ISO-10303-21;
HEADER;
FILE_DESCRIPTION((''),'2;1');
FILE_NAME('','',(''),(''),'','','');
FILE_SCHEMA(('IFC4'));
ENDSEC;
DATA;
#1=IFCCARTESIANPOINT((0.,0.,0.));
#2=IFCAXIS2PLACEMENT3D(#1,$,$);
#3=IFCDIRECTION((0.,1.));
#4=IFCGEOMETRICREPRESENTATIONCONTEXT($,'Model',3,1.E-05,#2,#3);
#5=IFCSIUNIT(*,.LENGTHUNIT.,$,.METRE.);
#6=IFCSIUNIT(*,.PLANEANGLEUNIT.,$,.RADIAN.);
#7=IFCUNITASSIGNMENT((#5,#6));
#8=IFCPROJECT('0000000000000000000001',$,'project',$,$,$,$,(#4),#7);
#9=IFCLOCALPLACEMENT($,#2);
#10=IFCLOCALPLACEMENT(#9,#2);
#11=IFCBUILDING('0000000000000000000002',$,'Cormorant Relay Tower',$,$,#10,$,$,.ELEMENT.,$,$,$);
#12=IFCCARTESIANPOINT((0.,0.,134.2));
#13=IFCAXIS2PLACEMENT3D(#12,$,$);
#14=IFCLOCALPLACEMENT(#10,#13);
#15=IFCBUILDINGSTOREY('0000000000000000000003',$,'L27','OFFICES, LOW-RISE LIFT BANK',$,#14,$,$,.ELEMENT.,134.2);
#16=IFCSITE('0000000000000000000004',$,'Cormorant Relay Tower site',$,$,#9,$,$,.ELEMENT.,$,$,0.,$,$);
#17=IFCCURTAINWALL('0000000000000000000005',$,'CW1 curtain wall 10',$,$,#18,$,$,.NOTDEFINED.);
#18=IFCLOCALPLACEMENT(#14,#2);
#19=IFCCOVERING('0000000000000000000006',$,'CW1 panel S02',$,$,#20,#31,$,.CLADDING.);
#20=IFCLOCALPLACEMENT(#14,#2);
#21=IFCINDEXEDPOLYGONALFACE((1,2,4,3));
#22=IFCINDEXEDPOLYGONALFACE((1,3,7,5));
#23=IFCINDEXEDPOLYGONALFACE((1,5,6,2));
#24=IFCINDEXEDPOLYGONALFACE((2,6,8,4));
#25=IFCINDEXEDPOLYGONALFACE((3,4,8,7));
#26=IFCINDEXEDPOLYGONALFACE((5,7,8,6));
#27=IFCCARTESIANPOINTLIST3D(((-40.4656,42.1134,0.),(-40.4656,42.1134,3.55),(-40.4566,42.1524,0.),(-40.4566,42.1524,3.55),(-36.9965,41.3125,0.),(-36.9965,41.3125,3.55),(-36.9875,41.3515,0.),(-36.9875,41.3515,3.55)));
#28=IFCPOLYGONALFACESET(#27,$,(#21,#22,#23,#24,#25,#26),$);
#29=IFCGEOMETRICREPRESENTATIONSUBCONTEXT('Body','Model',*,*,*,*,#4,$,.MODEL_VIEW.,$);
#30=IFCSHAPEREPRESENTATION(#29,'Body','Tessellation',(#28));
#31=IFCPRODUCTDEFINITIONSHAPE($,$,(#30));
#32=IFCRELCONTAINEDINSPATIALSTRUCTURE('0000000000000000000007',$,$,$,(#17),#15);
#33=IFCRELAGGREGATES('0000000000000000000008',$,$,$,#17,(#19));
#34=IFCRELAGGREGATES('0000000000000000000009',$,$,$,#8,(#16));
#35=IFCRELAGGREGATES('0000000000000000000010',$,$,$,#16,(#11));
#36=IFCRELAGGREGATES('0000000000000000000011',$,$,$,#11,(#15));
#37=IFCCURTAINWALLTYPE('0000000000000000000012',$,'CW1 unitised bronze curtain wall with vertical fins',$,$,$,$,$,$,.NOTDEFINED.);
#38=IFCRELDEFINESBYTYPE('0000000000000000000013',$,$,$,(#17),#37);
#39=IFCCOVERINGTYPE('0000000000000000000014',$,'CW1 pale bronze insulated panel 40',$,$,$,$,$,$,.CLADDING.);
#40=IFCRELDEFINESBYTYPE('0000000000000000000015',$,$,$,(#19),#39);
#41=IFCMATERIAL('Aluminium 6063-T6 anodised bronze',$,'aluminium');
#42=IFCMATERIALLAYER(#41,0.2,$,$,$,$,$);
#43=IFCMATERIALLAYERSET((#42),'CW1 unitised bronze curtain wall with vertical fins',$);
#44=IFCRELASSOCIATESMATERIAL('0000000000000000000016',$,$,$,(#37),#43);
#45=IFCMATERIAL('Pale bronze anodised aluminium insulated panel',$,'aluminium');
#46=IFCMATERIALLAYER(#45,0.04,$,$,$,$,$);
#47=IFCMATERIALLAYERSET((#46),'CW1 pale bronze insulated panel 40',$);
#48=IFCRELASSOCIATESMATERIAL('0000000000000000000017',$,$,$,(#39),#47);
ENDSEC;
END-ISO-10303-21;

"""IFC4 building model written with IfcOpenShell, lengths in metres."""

from ifc_helpers import new_model, si_unit, direction, frame, origin, origin_2d, place, context, subcontext, project, spatial, rectangle, extrude, material, layer, layer_set, type_object, element, aggregate, save


model = new_model("IFC4")

# Units and contexts
model_context = context("Model", 3, precision=1e-05, world=origin(), true_north=direction((0.0, 1.0)))
body_context = subcontext(model_context, "Body", "Model", "MODEL_VIEW")
ifc_project = project(units=[si_unit("LENGTHUNIT", "METRE"), si_unit("PLANEANGLEUNIT", "RADIAN")], contexts=[model_context])

# Site, building, storey
site_placement = place(None, origin())
site = spatial("IfcSite", under=ifc_project, at=site_placement, Name="Cormorant Relay Tower site", CompositionType="ELEMENT", RefElevation=0.0)
building_placement = place(site_placement, origin())
building = spatial("IfcBuilding", under=site, at=building_placement, Name="Cormorant Relay Tower", CompositionType="ELEMENT")
storey_placement = place(building_placement, frame((0.0, 0.0, 134.2)))
storey = spatial("IfcBuildingStorey", under=building, at=storey_placement, Name="L27", Description="OFFICES, LOW-RISE LIFT BANK", CompositionType="ELEMENT", Elevation=134.2)

# Shared definitions
ifc_material_1 = material(Name="Aluminium 6063-T6 anodised bronze", Category="aluminium")
ifc_layer_1 = layer(ifc_material_1, 0.2)
ifc_layer_set_1 = layer_set([ifc_layer_1], Name="CW1 unitised bronze curtain wall with vertical fins")
curtain_wall_type = type_object("IfcCurtainWallType", Name="CW1 unitised bronze curtain wall with vertical fins", PredefinedType="NOTDEFINED", material=ifc_layer_set_1)

# Curtain wall
curtain_wall_1_placement = place(storey_placement, origin())
curtain_wall_1 = element("IfcCurtainWall", 1, at=curtain_wall_1_placement, inside=storey, type_object=curtain_wall_type, Name="CW1 curtain wall 10", PredefinedType="NOTDEFINED")

# Covering
ifc_material_2 = material(Name="Pale bronze anodised aluminium insulated panel", Category="aluminium")
ifc_layer_2 = layer(ifc_material_2, 0.04)
ifc_layer_set_2 = layer_set([ifc_layer_2], Name="CW1 pale bronze insulated panel 40")
covering_type = type_object("IfcCoveringType", Name="CW1 pale bronze insulated panel 40", PredefinedType="CLADDING", material=ifc_layer_set_2)
covering_1_placement = place(storey_placement, frame((-38.7266, 41.7324, 0.0), z_axis=(0.0, 0.0, 1.0), x_axis=(-0.97437, 0.224951, 0.0)))
covering_1 = element("IfcCovering", 2, at=covering_1_placement, type_object=covering_type, Name="CW1 panel S02", PredefinedType="CLADDING", context=body_context, shape_type="SweptSolid", body=[
    extrude(rectangle(XDim=3.5603, YDim=0.04, at=origin_2d()), origin(), (0.0, 0.0, 1.0), 3.55),
])
aggregate(curtain_wall_1, [covering_1])

save(model, "model.ifc")
